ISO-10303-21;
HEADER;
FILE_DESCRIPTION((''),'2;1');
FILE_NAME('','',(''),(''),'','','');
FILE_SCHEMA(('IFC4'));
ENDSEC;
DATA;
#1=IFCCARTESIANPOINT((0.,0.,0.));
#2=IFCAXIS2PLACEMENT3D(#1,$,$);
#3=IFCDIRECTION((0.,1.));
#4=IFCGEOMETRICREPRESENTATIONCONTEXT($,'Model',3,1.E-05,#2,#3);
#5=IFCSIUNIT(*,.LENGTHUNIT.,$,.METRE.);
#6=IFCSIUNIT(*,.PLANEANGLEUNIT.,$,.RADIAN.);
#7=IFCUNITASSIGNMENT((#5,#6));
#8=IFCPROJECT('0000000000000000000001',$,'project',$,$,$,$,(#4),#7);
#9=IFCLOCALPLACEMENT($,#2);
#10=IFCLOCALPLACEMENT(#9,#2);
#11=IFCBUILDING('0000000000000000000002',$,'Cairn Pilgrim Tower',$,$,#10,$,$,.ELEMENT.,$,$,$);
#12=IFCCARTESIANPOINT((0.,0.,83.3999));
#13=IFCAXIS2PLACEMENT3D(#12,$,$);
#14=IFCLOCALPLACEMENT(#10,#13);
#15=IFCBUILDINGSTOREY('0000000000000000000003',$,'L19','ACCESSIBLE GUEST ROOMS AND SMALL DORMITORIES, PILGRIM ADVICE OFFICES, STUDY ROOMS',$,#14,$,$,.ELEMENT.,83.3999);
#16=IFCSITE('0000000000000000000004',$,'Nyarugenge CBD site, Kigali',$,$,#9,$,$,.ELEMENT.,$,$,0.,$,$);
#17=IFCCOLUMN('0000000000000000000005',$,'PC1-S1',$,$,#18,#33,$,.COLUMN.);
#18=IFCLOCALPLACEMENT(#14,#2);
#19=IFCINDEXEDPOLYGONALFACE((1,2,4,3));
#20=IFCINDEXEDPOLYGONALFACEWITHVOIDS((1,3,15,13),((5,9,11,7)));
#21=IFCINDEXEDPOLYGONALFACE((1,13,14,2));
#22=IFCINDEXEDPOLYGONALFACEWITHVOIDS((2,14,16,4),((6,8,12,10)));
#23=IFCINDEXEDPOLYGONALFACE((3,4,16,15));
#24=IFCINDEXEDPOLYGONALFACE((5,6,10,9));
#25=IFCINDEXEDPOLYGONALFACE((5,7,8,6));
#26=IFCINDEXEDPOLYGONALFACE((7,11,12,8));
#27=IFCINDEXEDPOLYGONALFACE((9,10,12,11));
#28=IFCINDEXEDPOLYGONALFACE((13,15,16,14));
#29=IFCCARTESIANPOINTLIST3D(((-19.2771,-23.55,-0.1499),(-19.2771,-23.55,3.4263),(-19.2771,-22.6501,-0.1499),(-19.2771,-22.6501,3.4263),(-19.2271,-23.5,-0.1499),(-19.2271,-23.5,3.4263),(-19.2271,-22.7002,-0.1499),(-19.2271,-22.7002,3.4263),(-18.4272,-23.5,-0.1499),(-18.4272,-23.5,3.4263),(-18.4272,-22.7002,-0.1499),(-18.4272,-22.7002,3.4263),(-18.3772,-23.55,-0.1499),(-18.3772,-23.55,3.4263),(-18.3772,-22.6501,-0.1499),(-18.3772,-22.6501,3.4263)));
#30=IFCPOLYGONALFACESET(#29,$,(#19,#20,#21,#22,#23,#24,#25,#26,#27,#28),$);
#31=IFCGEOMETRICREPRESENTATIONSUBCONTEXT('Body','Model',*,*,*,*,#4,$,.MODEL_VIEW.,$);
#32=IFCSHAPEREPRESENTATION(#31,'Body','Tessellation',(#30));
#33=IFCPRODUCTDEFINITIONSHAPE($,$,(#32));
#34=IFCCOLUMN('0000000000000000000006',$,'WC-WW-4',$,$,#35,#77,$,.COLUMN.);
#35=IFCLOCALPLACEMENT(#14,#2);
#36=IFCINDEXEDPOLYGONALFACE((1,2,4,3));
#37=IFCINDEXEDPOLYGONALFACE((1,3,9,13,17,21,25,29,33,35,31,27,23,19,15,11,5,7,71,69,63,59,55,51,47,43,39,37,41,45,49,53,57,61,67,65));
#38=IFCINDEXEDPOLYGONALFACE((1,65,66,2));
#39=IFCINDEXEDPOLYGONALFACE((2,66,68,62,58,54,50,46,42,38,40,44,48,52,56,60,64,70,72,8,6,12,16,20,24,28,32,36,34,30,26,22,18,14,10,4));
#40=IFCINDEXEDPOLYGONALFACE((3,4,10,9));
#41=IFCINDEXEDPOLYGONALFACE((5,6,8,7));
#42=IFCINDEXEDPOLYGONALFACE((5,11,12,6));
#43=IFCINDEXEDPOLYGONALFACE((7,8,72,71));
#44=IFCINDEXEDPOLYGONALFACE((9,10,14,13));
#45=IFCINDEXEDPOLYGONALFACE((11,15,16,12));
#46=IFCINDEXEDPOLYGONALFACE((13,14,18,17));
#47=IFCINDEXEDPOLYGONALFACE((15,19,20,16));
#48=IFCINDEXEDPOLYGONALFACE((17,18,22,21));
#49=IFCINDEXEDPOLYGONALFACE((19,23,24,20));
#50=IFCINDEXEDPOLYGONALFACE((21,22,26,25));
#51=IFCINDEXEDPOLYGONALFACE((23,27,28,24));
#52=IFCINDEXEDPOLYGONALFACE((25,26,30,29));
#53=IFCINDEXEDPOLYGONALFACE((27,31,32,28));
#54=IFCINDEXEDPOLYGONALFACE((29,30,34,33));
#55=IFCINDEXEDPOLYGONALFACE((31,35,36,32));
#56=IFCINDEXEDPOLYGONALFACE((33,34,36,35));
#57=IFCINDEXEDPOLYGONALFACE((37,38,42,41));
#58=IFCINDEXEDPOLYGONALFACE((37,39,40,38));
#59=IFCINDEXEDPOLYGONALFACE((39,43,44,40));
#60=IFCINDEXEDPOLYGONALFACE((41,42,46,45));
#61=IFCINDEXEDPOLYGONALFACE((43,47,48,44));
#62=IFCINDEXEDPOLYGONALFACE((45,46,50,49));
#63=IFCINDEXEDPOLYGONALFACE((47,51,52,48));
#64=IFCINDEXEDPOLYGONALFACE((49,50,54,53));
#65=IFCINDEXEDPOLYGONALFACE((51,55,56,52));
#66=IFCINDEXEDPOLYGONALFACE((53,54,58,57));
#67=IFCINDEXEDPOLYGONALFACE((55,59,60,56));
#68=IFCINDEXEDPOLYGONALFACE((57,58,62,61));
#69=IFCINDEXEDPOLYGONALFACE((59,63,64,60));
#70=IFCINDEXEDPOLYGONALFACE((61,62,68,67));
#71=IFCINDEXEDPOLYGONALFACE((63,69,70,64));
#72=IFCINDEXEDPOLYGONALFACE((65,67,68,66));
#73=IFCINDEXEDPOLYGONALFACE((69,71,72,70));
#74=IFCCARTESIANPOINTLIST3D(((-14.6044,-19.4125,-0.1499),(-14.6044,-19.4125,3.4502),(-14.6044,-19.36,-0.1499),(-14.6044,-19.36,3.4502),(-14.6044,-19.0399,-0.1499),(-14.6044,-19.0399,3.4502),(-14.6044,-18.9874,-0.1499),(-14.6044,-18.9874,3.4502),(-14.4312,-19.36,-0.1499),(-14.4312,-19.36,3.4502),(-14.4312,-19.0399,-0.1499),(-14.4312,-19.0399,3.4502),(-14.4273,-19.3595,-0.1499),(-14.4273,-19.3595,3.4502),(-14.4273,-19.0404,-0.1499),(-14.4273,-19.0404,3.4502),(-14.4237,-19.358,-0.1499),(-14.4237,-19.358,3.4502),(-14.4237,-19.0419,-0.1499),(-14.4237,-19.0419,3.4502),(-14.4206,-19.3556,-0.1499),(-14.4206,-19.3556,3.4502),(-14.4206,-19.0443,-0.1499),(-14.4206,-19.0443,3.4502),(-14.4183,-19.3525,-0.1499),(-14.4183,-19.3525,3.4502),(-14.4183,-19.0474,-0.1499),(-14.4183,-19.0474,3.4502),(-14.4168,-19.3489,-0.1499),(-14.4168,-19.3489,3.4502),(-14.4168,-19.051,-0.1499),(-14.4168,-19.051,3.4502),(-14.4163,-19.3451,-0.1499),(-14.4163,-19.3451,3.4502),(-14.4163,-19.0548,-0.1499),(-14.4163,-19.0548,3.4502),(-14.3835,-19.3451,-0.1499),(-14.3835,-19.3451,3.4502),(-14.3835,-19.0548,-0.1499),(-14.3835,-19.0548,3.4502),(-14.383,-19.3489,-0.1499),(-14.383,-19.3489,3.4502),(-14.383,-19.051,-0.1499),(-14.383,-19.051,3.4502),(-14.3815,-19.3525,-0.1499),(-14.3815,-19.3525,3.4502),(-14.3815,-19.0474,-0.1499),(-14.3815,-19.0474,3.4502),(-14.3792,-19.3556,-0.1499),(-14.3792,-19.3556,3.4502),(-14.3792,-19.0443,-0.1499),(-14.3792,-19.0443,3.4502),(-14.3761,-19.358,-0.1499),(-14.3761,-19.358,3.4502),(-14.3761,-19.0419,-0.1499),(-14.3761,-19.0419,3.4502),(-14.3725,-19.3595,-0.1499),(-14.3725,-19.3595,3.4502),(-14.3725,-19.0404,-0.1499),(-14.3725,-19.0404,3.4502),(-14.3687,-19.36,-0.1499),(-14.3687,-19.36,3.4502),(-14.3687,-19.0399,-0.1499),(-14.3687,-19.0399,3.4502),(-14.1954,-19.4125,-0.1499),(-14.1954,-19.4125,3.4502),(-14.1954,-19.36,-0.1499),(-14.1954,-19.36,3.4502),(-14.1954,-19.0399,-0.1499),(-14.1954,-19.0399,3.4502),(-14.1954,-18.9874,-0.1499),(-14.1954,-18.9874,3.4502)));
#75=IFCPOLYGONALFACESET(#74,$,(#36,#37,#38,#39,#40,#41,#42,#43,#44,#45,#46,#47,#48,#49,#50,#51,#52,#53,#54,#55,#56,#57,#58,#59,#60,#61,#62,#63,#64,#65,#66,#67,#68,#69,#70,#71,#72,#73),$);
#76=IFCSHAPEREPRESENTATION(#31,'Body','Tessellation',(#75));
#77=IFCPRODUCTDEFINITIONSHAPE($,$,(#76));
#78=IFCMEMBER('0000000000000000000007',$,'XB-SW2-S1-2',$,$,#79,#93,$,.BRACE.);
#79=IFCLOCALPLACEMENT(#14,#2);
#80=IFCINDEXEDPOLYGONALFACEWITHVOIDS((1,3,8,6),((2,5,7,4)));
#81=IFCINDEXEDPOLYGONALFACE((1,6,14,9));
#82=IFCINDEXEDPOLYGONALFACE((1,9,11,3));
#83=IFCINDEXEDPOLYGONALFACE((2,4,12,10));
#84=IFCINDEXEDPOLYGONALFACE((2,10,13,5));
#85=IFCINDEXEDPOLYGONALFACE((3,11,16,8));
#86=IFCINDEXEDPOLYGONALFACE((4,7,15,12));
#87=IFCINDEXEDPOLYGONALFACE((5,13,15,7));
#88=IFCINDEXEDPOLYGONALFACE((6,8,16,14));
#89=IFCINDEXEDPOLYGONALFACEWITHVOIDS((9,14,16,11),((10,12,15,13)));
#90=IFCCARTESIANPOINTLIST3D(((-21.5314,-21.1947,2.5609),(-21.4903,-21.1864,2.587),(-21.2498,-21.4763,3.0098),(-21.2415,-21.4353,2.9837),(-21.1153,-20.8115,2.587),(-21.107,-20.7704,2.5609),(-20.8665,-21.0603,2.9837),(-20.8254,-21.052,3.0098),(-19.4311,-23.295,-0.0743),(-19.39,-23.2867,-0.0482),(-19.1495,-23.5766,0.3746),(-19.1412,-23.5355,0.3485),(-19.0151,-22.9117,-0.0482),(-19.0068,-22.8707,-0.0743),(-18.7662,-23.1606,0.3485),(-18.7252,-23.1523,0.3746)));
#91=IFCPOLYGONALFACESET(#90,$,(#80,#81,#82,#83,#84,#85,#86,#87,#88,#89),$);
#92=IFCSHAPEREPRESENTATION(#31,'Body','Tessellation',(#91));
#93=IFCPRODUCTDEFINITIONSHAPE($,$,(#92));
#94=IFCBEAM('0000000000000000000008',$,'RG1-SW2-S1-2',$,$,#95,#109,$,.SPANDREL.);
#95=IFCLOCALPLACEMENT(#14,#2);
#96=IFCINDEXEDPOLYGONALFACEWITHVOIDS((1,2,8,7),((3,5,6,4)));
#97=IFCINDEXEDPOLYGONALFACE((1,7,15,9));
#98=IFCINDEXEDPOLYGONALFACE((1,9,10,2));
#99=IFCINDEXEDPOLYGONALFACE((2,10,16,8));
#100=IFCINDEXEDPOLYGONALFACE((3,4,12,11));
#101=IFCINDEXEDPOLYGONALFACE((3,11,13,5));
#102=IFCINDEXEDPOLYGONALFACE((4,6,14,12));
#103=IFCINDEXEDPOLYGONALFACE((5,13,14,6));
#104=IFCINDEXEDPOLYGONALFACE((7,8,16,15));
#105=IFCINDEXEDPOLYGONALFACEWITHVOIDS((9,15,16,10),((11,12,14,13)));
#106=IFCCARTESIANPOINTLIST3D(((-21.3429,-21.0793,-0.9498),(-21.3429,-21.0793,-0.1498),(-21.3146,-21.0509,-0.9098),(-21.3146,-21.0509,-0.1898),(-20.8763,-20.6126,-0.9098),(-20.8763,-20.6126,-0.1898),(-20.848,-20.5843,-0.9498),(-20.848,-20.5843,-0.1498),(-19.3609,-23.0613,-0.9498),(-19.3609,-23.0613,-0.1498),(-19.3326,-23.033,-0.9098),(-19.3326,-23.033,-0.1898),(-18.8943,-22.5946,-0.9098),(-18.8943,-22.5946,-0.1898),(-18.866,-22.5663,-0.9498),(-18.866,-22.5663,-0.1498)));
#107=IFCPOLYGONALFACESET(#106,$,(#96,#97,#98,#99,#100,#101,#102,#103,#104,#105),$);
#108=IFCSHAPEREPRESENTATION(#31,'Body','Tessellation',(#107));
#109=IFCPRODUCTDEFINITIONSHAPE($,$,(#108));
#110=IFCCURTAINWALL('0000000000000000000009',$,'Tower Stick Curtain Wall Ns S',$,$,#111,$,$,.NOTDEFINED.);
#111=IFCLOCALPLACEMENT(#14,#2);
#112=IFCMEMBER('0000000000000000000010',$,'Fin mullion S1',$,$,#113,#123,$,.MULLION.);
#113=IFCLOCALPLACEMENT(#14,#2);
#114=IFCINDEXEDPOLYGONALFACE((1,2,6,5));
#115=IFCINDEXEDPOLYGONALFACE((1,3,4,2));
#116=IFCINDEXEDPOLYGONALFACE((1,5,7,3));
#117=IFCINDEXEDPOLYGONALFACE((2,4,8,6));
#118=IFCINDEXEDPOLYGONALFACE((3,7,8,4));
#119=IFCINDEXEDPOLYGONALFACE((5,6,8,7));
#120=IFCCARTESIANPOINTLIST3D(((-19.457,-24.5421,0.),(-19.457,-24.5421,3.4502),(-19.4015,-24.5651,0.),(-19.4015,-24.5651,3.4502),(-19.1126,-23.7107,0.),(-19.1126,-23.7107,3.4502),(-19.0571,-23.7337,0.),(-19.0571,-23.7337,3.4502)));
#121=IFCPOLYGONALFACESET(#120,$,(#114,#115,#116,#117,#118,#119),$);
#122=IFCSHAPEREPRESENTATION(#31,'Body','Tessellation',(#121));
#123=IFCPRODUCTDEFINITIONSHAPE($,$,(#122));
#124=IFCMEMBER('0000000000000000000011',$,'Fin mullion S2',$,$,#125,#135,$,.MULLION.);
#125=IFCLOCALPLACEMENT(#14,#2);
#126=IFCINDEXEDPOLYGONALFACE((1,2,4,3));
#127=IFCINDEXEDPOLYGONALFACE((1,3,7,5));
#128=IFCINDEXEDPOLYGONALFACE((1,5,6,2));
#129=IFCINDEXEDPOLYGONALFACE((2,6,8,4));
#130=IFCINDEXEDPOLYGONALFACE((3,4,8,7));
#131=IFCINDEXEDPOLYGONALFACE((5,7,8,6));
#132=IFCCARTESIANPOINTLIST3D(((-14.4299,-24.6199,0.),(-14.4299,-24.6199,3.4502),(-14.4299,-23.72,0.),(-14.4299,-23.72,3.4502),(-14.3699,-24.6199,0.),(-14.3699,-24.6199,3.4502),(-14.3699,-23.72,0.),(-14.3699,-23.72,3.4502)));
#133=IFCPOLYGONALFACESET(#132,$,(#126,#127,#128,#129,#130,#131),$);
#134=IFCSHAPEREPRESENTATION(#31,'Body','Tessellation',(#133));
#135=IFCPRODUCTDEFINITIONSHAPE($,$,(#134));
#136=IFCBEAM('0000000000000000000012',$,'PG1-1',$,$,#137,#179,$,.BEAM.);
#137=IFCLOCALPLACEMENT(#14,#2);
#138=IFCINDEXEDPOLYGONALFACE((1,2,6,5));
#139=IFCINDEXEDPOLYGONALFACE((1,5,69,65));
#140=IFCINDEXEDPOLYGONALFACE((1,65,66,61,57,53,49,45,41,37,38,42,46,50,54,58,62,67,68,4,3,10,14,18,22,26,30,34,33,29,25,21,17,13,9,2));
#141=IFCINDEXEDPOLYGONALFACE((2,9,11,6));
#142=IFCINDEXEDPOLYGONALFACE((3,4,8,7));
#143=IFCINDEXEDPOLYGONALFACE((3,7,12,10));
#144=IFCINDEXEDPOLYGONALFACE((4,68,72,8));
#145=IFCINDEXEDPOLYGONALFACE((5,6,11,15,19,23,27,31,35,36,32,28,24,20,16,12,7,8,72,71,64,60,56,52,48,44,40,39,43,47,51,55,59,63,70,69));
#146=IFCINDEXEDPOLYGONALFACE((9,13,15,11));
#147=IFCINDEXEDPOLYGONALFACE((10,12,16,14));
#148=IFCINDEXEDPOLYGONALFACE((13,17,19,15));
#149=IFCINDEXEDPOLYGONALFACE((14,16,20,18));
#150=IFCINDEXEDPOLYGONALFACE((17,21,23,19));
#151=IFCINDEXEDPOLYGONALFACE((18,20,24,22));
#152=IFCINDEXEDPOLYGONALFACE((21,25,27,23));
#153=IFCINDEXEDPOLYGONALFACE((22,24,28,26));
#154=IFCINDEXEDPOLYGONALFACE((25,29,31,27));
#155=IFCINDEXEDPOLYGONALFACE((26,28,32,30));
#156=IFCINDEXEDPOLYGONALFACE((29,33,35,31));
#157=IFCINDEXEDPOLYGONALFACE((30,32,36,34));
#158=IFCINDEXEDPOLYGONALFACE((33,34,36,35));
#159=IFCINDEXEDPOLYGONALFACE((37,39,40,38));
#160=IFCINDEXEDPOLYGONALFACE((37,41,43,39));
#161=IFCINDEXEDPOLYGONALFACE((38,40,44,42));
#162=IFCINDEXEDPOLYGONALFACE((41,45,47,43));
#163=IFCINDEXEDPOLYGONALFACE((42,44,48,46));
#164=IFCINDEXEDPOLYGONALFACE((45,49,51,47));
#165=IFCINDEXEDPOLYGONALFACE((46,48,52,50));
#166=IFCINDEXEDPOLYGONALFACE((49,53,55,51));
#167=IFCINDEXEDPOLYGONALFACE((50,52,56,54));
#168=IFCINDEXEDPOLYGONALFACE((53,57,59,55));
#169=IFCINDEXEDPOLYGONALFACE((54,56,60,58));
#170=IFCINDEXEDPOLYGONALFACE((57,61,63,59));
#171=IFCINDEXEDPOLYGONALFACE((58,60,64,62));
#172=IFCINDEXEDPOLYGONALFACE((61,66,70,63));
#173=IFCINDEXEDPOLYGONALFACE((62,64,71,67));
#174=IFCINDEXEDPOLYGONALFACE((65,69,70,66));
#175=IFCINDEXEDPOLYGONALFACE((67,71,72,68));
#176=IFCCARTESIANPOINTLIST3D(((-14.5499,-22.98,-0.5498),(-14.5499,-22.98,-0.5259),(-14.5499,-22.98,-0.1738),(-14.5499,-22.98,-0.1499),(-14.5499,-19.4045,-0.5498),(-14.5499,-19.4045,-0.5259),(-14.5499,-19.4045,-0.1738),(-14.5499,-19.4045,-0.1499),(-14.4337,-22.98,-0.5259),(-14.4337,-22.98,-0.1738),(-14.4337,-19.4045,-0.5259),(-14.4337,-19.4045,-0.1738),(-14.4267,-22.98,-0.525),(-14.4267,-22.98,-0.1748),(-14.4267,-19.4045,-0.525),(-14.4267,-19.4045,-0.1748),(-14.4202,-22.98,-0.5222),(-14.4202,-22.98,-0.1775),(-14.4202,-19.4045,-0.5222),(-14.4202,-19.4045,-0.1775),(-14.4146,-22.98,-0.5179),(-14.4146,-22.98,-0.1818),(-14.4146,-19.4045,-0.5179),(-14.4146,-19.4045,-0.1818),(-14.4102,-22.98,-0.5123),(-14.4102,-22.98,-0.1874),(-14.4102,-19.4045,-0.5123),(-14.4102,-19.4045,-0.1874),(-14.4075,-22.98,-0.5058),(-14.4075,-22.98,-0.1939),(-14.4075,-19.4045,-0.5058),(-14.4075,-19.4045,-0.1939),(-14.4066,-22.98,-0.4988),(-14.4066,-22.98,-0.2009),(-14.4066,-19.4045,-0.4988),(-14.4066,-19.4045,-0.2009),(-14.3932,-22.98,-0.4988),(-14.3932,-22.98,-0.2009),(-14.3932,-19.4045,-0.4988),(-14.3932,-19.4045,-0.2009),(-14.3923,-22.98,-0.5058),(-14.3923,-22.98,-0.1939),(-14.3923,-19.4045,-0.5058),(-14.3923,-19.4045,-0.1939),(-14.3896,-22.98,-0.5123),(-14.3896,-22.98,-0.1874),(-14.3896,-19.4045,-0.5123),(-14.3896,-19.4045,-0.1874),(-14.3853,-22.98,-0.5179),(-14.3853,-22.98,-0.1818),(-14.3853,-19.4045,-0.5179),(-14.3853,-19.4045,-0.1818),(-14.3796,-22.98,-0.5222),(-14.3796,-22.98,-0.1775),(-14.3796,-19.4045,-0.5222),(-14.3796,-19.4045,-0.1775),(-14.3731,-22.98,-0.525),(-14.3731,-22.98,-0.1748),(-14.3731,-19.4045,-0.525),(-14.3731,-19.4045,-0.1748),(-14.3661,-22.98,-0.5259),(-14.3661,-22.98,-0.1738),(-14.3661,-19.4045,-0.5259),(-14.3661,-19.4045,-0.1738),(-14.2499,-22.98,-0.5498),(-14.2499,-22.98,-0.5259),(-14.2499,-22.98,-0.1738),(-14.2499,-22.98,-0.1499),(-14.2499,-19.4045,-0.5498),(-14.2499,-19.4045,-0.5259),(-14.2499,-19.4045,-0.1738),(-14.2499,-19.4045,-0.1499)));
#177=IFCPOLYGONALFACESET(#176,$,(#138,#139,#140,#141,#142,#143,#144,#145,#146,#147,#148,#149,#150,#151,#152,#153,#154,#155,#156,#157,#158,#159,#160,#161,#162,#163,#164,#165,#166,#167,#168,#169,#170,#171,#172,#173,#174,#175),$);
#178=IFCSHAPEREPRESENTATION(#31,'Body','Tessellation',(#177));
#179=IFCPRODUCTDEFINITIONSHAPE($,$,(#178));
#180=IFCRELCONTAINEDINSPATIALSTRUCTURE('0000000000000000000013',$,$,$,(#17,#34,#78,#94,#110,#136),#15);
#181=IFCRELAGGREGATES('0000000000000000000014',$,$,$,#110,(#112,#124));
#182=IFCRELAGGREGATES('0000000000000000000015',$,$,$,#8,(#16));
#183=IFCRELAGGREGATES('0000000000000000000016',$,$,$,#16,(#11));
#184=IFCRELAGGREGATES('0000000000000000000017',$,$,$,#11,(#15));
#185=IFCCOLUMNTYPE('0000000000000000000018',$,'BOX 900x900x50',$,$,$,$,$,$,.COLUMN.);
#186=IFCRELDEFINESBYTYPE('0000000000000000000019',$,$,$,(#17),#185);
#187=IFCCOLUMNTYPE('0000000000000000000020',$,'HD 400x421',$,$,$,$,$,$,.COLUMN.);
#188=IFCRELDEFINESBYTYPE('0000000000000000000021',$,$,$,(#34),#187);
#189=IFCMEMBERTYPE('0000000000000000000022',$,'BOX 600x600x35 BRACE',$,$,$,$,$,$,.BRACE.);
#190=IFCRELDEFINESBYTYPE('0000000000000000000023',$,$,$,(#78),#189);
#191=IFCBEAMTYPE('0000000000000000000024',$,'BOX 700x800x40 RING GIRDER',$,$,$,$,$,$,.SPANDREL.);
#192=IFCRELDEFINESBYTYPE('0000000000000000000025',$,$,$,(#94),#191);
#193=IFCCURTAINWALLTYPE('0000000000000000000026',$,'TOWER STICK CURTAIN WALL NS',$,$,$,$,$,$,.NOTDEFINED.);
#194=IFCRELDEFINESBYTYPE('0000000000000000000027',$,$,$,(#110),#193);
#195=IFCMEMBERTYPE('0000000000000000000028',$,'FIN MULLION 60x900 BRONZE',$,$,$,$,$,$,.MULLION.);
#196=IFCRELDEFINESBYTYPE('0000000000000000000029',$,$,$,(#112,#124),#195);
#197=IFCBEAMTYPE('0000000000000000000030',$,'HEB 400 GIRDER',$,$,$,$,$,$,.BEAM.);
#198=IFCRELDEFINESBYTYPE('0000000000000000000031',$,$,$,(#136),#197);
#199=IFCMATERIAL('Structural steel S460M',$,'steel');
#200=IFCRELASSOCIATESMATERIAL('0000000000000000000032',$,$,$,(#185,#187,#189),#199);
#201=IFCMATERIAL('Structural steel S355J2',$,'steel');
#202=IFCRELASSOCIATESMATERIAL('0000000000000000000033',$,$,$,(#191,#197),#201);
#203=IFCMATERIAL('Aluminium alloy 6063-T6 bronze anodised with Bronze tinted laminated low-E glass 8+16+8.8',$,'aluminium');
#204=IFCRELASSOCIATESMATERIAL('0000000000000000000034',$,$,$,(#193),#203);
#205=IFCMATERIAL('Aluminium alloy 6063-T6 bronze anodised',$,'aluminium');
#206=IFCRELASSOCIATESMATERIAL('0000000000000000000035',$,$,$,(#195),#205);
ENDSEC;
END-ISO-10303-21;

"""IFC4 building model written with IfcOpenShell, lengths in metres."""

from ifc_helpers import new_model, si_unit, direction, frame, origin, origin_2d, place, context, subcontext, project, spatial, rectangle, hollow_rectangle, i_section, extrude, clip, halfspace, material, material_profile, profile_set, type_object, element, aggregate, save


model = new_model("IFC4")

# Units and contexts
model_context = context("Model", 3, precision=1e-05, world=origin(), true_north=direction((0.0, 1.0)))
body_context = subcontext(model_context, "Body", "Model", "MODEL_VIEW")
ifc_project = project(units=[si_unit("LENGTHUNIT", "METRE"), si_unit("PLANEANGLEUNIT", "RADIAN")], contexts=[model_context])

# Site, building, storey
site_placement = place(None, origin())
site = spatial("IfcSite", under=ifc_project, at=site_placement, Name="Nyarugenge CBD site, Kigali", CompositionType="ELEMENT", RefElevation=0.0)
building_placement = place(site_placement, origin())
building = spatial("IfcBuilding", under=site, at=building_placement, Name="Cairn Pilgrim Tower", CompositionType="ELEMENT")
storey_placement = place(building_placement, frame((0.0, 0.0, 83.3999)))
storey = spatial("IfcBuildingStorey", under=building, at=storey_placement, Name="L19", Description="ACCESSIBLE GUEST ROOMS AND SMALL DORMITORIES, PILGRIM ADVICE OFFICES, STUDY ROOMS", CompositionType="ELEMENT", Elevation=83.3999)

# Columns
ifc_material_1 = material(Name="Structural steel S460M", Category="steel")
ifc_material_profile_1 = material_profile(ifc_material_1, hollow_rectangle(XDim=0.8999, YDim=0.8999, WallThickness=0.05, at=origin_2d()), Name="BOX 900x900x50")
ifc_profile_set_1 = profile_set([ifc_material_profile_1], Name="Structural steel S460M")
column_type_1 = type_object("IfcColumnType", Name="BOX 900x900x50", PredefinedType="COLUMN", material=ifc_profile_set_1)
column_1_placement = place(storey_placement, frame((-18.8271, -23.1001, -0.1499), z_axis=(0.0, 0.0, 1.0), x_axis=(1.0, 0.0, 0.0)))
element("IfcColumn", 1, at=column_1_placement, inside=storey, type_object=column_type_1, Name="PC1-S1", PredefinedType="COLUMN", context=body_context, shape_type="Clipping", body=[
    clip(extrude(hollow_rectangle(XDim=0.8999, YDim=0.8999, WallThickness=0.05, at=origin_2d()), origin(), (0.0, 0.0, 1.0), 3.6001), halfspace(frame((0.0, 0.0, 3.5762), z_axis=(0.0, 0.0, 1.0), x_axis=(1.0, 0.0, 0.0)), False)),
])
ifc_material_profile_2 = material_profile(ifc_material_1, i_section(OverallWidth=0.4089, OverallDepth=0.425, WebThickness=0.0327, FlangeThickness=0.0525, FilletRadius=0.0149, at=origin_2d()), Name="HD 400x421")
ifc_profile_set_2 = profile_set([ifc_material_profile_2], Name="Structural steel S460M")
column_type_2 = type_object("IfcColumnType", Name="HD 400x421", PredefinedType="COLUMN", material=ifc_profile_set_2)
column_2_placement = place(storey_placement, frame((-14.3999, -19.2, -0.1499), z_axis=(0.0, 0.0, 1.0), x_axis=(1.0, 0.0, 0.0)))
element("IfcColumn", 2, at=column_2_placement, inside=storey, type_object=column_type_2, Name="WC-WW-4", PredefinedType="COLUMN", context=body_context, shape_type="SweptSolid", body=[
    extrude(i_section(OverallWidth=0.4089, OverallDepth=0.425, WebThickness=0.0327, FlangeThickness=0.0525, FilletRadius=0.0149, at=origin_2d()), origin(), (0.0, 0.0, 1.0), 3.6001),
])

# Member
ifc_material_profile_3 = material_profile(ifc_material_1, hollow_rectangle(XDim=0.6001, YDim=0.6001, WallThickness=0.0349, at=origin_2d()), Name="BOX 600x600x35")
ifc_profile_set_3 = profile_set([ifc_material_profile_3], Name="Structural steel S460M")
member_type_1 = type_object("IfcMemberType", Name="BOX 600x600x35 BRACE", PredefinedType="BRACE", material=ifc_profile_set_3)
member_1_placement = place(storey_placement, frame((-19.0781, -23.2236, 0.1501), z_axis=(-0.528944, 0.528944, 0.663654), x_axis=(-0.707107, -0.707107, 0.0)))
element("IfcMember", 3, at=member_1_placement, inside=storey, type_object=member_type_1, Name="XB-SW2-S1-2", PredefinedType="BRACE", context=body_context, shape_type="SweptSolid", body=[
    extrude(hollow_rectangle(XDim=0.6001, YDim=0.6001, WallThickness=0.0349, at=origin_2d()), origin(), (0.0, 0.0, 1.0), 3.9707),
])

# Beam
ifc_material_2 = material(Name="Structural steel S355J2", Category="steel")
ifc_material_profile_4 = material_profile(ifc_material_2, hollow_rectangle(XDim=0.7, YDim=0.8, WallThickness=0.04, at=origin_2d()), Name="BOX 700x800x40")
ifc_profile_set_4 = profile_set([ifc_material_profile_4], Name="Structural steel S355J2")
beam_type_1 = type_object("IfcBeamType", Name="BOX 700x800x40 RING GIRDER", PredefinedType="SPANDREL", material=ifc_profile_set_4)
beam_1_placement = place(storey_placement, frame((-21.0955, -20.8318, -0.5498), z_axis=(0.707107, -0.707107, 0.0), x_axis=(0.707107, 0.707107, 0.0)))
element("IfcBeam", 4, at=beam_1_placement, inside=storey, type_object=beam_type_1, Name="RG1-SW2-S1-2", PredefinedType="SPANDREL", context=body_context, shape_type="SweptSolid", body=[
    extrude(hollow_rectangle(XDim=0.7, YDim=0.8, WallThickness=0.04, at=origin_2d()), origin(), (0.0, 0.0, 1.0), 2.803),
])

# Curtain wall, members
ifc_material_3 = material(Name="Aluminium alloy 6063-T6 bronze anodised with Bronze tinted laminated low-E glass 8+16+8.8", Category="aluminium")
curtain_wall_type_1 = type_object("IfcCurtainWallType", Name="TOWER STICK CURTAIN WALL NS", PredefinedType="NOTDEFINED", material=ifc_material_3)
curtain_wall_1_placement = place(storey_placement, origin())
curtain_wall_1 = element("IfcCurtainWall", 5, at=curtain_wall_1_placement, inside=storey, type_object=curtain_wall_type_1, Name="Tower Stick Curtain Wall Ns S", PredefinedType="NOTDEFINED")
ifc_material_4 = material(Name="Aluminium alloy 6063-T6 bronze anodised", Category="aluminium")
ifc_material_profile_5 = material_profile(ifc_material_4, rectangle(XDim=0.8999, YDim=0.0601, at=origin_2d()), Name="FIN MULLION 60x900 BRONZE")
ifc_profile_set_5 = profile_set([ifc_material_profile_5], Name="Aluminium alloy 6063-T6 bronze anodised")
member_type_2 = type_object("IfcMemberType", Name="FIN MULLION 60x900 BRONZE", PredefinedType="MULLION", material=ifc_profile_set_5)
member_2_placement = place(storey_placement, frame((-19.2571, -24.1379, 0.0), z_axis=(0.0, 0.0, 1.0), x_axis=(-0.382683, -0.92388, 0.0)))
member_2 = element("IfcMember", 6, at=member_2_placement, type_object=member_type_2, Name="Fin mullion S1", PredefinedType="MULLION", context=body_context, shape_type="SweptSolid", body=[
    extrude(rectangle(XDim=0.8999, YDim=0.0601, at=origin_2d()), origin(), (0.0, 0.0, 1.0), 3.4502),
])
member_3_placement = place(storey_placement, frame((-14.3999, -24.1699, 0.0), z_axis=(0.0, 0.0, 1.0), x_axis=(0.0, -1.0, 0.0)))
member_3 = element("IfcMember", 7, at=member_3_placement, type_object=member_type_2, Name="Fin mullion S2", PredefinedType="MULLION", context=body_context, shape_type="SweptSolid", body=[
    extrude(rectangle(XDim=0.8999, YDim=0.0601, at=origin_2d()), origin(), (0.0, 0.0, 1.0), 3.4502),
])

# Beam
ifc_material_profile_6 = material_profile(ifc_material_2, i_section(OverallWidth=0.3, OverallDepth=0.3999, WebThickness=0.0134, FlangeThickness=0.0239, FilletRadius=0.0271, at=origin_2d()), Name="HEB 400")
ifc_profile_set_6 = profile_set([ifc_material_profile_6], Name="Structural steel S355J2")
beam_type_2 = type_object("IfcBeamType", Name="HEB 400 GIRDER", PredefinedType="BEAM", material=ifc_profile_set_6)
beam_2_placement = place(storey_placement, frame((-14.3999, -22.98, -0.3499), z_axis=(0.0, 1.0, 0.0), x_axis=(-1.0, 0.0, 0.0)))
element("IfcBeam", 8, at=beam_2_placement, inside=storey, type_object=beam_type_2, Name="PG1-1", PredefinedType="BEAM", context=body_context, shape_type="SweptSolid", body=[
    extrude(i_section(OverallWidth=0.3, OverallDepth=0.3999, WebThickness=0.0134, FlangeThickness=0.0239, FilletRadius=0.0271, at=origin_2d()), origin(), (0.0, 0.0, 1.0), 3.5754),
])

aggregate(curtain_wall_1, [member_2, member_3])

save(model, "model.ifc")
